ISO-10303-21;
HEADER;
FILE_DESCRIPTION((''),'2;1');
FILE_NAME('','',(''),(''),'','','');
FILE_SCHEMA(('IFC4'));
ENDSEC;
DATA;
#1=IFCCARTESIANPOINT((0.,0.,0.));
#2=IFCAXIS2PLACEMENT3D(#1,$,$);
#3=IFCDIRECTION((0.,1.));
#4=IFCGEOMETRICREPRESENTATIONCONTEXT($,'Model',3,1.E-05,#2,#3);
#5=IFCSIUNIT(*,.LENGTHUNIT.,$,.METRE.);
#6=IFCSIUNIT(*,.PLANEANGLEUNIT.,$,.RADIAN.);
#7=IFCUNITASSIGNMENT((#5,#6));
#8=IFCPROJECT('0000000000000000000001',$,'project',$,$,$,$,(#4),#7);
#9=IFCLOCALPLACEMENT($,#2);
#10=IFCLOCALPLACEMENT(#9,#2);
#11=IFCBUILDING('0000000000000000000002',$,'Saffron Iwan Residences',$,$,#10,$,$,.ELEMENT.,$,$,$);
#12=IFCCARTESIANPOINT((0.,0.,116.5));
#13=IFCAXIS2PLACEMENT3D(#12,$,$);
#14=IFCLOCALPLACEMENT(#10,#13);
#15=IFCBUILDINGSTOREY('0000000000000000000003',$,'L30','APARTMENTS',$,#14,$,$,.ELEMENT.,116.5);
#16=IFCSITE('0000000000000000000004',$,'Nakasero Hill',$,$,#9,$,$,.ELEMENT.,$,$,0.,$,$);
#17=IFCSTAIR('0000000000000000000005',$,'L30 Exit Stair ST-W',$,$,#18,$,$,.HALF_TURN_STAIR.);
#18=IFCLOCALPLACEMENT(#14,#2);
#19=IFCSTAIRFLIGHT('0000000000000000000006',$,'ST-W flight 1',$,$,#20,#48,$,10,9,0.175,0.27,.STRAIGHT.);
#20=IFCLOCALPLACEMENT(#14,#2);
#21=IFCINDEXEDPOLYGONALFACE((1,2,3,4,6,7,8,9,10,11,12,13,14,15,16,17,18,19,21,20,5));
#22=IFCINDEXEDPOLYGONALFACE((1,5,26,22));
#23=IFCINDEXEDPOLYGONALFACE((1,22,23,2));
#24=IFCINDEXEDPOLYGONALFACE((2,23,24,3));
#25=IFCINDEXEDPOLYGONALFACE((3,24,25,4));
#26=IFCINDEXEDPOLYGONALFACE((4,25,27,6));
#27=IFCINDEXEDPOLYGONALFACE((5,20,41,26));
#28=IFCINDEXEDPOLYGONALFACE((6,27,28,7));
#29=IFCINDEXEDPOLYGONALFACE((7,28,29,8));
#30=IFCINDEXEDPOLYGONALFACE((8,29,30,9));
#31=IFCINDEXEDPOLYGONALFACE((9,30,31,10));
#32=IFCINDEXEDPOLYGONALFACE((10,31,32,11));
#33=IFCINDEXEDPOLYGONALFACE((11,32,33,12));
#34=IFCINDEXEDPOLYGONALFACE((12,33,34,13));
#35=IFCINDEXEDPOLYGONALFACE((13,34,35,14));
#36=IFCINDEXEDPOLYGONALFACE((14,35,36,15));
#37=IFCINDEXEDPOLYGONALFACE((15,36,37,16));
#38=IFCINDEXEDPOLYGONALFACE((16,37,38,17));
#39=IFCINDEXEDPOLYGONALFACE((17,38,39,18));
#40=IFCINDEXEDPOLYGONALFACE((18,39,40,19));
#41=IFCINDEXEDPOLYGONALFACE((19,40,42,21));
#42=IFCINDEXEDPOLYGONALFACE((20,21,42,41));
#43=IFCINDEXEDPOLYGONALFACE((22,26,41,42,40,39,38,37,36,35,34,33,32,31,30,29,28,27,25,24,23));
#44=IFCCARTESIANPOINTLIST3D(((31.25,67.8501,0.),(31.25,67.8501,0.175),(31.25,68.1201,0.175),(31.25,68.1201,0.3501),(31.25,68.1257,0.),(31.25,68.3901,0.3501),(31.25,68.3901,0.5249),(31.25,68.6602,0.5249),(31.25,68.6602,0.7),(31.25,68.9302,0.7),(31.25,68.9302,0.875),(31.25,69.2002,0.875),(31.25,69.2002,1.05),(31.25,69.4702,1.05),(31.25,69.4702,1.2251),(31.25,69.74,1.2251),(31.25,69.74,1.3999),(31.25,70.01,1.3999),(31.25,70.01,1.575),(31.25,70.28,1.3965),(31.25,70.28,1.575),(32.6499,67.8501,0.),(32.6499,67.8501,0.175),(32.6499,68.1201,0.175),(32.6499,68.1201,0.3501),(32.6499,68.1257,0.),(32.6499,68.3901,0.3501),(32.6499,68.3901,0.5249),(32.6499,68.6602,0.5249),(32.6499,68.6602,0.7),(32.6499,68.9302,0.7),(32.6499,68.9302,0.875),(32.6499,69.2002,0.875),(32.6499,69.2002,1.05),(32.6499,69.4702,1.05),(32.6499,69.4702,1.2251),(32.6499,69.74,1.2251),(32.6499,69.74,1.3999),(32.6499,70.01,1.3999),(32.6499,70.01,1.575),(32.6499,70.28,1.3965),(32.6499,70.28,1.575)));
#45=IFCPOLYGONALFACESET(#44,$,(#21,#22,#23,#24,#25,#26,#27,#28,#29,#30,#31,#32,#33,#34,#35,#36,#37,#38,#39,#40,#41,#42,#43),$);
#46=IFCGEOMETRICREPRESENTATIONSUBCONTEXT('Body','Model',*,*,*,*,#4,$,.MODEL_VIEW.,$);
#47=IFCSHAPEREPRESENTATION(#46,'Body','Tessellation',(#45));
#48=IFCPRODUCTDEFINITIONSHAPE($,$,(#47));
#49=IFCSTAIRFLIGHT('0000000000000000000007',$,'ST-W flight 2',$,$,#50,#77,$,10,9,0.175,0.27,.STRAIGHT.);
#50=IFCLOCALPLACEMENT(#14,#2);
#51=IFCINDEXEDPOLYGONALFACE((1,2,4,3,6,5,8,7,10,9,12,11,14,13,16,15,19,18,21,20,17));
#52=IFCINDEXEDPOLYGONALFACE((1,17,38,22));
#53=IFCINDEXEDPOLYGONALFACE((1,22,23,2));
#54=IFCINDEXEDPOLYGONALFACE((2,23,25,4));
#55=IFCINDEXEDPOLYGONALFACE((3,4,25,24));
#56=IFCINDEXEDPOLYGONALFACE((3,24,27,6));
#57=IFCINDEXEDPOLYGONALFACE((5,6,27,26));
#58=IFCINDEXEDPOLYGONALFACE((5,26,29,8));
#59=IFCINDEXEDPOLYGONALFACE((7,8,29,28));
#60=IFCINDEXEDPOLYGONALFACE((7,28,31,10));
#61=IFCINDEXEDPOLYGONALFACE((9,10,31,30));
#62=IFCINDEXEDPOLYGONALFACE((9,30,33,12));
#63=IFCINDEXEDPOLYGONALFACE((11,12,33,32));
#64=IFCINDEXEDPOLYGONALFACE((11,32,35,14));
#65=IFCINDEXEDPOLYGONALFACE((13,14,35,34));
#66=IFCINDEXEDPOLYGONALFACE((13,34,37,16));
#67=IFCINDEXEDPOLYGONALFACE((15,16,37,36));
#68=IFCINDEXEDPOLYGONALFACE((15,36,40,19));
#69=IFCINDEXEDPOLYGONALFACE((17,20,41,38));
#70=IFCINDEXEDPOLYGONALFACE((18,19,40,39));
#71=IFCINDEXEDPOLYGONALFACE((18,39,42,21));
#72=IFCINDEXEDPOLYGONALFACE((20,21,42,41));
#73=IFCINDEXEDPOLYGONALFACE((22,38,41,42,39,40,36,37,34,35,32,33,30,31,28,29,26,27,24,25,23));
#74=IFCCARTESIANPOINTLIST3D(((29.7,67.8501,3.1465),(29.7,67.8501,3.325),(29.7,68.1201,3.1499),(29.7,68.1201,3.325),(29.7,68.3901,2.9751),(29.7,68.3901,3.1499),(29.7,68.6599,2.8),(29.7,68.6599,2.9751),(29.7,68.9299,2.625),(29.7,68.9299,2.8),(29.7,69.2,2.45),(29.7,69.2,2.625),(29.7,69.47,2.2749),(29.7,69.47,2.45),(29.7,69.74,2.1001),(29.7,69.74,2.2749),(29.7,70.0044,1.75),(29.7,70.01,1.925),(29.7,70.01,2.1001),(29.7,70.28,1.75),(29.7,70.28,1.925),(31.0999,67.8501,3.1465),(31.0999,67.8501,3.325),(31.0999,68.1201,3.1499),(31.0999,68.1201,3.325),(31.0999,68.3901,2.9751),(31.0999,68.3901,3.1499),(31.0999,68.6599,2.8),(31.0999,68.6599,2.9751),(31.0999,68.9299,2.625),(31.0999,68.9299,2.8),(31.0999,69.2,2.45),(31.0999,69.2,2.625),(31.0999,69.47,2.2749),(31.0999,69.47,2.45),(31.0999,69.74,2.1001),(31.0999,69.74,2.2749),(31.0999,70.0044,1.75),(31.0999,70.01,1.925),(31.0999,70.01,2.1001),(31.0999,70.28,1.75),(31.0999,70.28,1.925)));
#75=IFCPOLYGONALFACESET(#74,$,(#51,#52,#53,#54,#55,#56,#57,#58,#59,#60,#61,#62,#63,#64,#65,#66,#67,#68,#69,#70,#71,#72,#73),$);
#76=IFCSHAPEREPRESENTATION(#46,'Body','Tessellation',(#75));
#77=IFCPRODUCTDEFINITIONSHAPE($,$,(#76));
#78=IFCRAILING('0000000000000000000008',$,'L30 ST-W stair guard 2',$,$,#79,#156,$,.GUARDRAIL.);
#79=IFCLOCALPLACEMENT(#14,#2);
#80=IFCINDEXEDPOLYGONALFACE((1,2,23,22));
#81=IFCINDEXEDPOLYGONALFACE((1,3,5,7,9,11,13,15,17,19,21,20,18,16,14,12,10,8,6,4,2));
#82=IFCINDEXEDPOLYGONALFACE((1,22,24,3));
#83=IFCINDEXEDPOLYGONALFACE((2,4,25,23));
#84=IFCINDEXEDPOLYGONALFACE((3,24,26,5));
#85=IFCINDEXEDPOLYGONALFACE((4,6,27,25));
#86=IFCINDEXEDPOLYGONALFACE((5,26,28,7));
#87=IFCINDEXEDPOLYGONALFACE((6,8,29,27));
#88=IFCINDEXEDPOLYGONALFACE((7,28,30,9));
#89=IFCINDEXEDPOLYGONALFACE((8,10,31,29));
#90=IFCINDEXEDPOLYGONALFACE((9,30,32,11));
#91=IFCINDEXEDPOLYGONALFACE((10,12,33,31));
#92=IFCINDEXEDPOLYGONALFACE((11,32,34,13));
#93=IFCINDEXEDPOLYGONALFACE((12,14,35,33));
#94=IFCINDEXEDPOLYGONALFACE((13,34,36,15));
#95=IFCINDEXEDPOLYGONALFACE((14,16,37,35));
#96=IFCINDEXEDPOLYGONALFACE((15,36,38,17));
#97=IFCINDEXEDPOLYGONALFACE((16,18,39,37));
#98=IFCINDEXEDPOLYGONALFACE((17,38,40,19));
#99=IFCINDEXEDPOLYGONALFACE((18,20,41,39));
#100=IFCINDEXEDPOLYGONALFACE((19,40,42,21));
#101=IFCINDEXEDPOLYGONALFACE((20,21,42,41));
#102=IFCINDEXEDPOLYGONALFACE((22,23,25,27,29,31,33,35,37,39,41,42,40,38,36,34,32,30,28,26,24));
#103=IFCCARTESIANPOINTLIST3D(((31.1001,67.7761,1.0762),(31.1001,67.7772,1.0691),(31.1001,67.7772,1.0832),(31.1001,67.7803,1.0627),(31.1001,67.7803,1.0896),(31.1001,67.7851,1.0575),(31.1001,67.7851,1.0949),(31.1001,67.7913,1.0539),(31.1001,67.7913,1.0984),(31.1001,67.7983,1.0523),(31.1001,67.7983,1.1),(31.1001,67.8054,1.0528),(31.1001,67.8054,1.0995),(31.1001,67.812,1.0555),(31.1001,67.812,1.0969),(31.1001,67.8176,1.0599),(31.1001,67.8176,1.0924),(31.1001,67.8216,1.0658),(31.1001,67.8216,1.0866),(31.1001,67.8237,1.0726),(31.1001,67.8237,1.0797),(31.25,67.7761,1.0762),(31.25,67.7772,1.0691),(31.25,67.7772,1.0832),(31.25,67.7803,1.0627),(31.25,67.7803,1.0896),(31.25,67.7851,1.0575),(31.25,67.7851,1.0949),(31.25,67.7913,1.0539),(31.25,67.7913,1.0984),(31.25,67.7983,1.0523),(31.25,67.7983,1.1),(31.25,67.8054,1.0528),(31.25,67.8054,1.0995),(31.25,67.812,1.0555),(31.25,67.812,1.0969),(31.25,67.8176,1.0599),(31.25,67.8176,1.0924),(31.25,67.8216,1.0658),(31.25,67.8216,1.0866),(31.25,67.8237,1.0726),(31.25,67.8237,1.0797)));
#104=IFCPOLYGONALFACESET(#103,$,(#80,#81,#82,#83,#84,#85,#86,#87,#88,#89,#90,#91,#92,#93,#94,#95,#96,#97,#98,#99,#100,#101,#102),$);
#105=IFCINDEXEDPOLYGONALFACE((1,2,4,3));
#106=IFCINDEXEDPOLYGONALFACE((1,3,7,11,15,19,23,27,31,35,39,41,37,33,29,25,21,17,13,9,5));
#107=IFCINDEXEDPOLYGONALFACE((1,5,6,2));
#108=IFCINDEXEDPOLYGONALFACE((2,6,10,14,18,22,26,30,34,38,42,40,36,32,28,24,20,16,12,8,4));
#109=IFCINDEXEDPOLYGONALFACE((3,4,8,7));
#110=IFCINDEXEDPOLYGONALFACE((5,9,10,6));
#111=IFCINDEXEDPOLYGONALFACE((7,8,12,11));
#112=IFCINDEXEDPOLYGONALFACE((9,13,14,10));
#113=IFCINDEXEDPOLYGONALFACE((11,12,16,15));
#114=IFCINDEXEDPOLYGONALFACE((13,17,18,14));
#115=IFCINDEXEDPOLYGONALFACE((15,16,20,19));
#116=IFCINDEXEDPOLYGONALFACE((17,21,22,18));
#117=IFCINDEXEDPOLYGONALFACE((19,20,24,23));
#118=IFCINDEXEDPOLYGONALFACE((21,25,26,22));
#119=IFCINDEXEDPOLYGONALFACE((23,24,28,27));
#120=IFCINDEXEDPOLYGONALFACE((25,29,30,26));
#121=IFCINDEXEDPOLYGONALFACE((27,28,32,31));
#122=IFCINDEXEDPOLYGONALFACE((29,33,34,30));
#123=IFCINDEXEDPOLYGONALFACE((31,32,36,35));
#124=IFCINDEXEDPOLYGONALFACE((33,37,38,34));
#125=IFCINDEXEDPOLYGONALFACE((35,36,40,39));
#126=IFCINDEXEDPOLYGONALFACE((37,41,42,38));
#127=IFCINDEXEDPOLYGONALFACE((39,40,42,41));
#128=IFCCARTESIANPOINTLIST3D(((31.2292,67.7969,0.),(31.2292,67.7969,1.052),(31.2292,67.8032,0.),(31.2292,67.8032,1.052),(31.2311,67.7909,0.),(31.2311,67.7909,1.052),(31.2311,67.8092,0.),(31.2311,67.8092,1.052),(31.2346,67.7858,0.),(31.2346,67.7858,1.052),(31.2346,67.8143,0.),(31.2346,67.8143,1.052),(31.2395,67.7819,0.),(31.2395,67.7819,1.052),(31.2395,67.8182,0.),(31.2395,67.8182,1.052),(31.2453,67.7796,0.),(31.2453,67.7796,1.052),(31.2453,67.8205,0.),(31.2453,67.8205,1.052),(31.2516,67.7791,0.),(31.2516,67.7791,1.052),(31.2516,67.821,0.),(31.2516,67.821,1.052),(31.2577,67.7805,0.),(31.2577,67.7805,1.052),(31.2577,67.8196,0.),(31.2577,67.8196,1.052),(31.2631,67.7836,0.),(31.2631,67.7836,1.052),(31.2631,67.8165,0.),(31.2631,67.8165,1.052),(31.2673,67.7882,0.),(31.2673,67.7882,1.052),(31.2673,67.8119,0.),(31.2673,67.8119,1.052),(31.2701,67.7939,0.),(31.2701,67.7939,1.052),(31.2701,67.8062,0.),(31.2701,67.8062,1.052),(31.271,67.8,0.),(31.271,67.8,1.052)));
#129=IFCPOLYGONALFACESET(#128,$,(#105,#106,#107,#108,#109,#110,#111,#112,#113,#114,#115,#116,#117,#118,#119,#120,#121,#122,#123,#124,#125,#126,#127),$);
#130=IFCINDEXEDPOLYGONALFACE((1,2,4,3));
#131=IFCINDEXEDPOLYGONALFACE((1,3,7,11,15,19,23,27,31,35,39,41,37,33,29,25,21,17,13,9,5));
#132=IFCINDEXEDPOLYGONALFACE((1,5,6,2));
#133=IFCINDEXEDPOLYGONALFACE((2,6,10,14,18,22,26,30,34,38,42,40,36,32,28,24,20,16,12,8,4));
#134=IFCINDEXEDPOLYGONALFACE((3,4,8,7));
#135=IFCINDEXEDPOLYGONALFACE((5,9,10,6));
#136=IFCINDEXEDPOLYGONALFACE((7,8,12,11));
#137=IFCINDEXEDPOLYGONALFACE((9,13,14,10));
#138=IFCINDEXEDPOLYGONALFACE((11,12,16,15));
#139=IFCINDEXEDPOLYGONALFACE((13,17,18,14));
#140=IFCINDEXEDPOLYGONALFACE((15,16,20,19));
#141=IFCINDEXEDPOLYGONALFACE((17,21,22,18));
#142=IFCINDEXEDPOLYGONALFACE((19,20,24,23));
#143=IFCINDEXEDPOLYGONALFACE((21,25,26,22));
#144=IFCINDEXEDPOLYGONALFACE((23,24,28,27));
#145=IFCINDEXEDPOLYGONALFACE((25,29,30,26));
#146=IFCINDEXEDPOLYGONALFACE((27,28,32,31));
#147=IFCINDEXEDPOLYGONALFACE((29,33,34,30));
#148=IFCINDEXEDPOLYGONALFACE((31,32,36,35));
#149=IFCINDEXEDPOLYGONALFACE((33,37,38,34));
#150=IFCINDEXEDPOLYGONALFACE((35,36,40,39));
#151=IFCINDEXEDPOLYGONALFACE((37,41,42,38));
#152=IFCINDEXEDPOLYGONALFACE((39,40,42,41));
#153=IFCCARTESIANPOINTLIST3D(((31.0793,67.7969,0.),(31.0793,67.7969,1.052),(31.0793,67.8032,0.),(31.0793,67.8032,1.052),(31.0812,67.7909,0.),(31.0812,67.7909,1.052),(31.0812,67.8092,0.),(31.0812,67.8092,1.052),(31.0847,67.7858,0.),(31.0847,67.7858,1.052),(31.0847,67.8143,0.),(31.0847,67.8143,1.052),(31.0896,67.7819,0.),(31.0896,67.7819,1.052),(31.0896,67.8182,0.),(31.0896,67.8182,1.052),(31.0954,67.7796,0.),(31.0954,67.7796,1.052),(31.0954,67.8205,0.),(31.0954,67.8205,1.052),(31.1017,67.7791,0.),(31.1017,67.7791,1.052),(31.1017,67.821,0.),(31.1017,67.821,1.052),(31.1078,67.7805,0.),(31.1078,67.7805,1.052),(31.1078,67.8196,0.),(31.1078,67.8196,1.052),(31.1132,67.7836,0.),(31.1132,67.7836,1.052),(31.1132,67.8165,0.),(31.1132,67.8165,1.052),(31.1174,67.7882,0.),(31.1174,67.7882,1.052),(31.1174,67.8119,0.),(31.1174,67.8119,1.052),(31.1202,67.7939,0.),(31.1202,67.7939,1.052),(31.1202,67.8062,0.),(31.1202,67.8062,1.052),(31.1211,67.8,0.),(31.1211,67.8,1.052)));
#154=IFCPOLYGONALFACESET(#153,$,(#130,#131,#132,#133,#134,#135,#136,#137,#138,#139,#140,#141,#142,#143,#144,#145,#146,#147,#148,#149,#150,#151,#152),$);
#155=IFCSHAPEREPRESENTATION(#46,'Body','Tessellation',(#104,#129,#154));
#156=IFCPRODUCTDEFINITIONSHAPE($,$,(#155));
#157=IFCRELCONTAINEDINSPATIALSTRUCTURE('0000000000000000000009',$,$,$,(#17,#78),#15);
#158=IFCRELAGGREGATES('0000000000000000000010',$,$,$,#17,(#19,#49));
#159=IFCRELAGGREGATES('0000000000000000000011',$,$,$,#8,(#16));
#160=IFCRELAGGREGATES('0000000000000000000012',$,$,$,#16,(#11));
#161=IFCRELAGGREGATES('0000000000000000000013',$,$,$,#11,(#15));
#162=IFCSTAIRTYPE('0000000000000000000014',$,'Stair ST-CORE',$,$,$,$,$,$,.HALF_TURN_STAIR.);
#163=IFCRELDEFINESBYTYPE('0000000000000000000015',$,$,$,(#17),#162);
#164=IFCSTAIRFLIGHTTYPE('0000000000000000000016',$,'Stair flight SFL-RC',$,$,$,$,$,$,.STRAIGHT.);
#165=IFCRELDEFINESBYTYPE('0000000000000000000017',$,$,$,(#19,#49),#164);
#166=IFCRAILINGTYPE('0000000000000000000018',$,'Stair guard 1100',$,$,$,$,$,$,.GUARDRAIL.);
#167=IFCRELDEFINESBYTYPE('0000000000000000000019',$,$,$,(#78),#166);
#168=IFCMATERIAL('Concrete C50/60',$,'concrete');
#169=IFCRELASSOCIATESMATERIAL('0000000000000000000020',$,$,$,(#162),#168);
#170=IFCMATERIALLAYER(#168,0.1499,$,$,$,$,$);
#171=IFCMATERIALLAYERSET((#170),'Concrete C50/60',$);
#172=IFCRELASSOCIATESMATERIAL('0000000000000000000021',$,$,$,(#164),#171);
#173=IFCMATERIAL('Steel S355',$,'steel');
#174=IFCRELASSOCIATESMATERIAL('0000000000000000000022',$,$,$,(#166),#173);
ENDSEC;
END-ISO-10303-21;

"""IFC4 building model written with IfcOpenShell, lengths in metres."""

from ifc_helpers import new_model, si_unit, direction, frame, origin, origin_2d, place, context, subcontext, project, spatial, polyline, circle, outline, extrude, material, layer, layer_set, type_object, element, aggregate, save


model = new_model("IFC4")

# Units and contexts
model_context = context("Model", 3, precision=1e-05, world=origin(), true_north=direction((0.0, 1.0)))
body_context = subcontext(model_context, "Body", "Model", "MODEL_VIEW")
ifc_project = project(units=[si_unit("LENGTHUNIT", "METRE"), si_unit("PLANEANGLEUNIT", "RADIAN")], contexts=[model_context])

# Site, building, storey
site_placement = place(None, origin())
site = spatial("IfcSite", under=ifc_project, at=site_placement, Name="Nakasero Hill", CompositionType="ELEMENT", RefElevation=0.0)
building_placement = place(site_placement, origin())
building = spatial("IfcBuilding", under=site, at=building_placement, Name="Saffron Iwan Residences", CompositionType="ELEMENT")
storey_placement = place(building_placement, frame((0.0, 0.0, 116.5)))
storey = spatial("IfcBuildingStorey", under=building, at=storey_placement, Name="L30", Description="APARTMENTS", CompositionType="ELEMENT", Elevation=116.5)

# Stair, stair flights
ifc_material_1 = material(Name="Concrete C50/60", Category="concrete")
stair_type = type_object("IfcStairType", Name="Stair ST-CORE", PredefinedType="HALF_TURN_STAIR", material=ifc_material_1)
stair_placement = place(storey_placement, origin())
stair = element("IfcStair", 1, at=stair_placement, inside=storey, type_object=stair_type, Name="L30 Exit Stair ST-W", PredefinedType="HALF_TURN_STAIR")
ifc_layer = layer(ifc_material_1, 0.1499)
ifc_layer_set = layer_set([ifc_layer], Name="Concrete C50/60")
stair_flight_type = type_object("IfcStairFlightType", Name="Stair flight SFL-RC", PredefinedType="STRAIGHT", material=ifc_layer_set)
stair_flight_1_placement = place(storey_placement, frame((31.95, 67.8501, 0.0), z_axis=(0.0, 0.0, 1.0), x_axis=(0.0, 1.0, 0.0)))
stair_flight_1 = element("IfcStairFlight", 2, at=stair_flight_1_placement, type_object=stair_flight_type, Name="ST-W flight 1", NumberOfRisers=10, NumberOfTreads=9, PredefinedType="STRAIGHT", RiserHeight=0.175, TreadLength=0.27, context=body_context, shape_type="SweptSolid", body=[
    extrude(outline(polyline([(0.0, 0.0), (0.0, 0.175), (0.27, 0.175), (0.27, 0.3501), (0.54, 0.3501), (0.54, 0.5249), (0.8101, 0.5249), (0.8101, 0.7), (1.0801, 0.7), (1.0801, 0.875), (1.3501, 0.875), (1.3501, 1.05), (1.6201, 1.05), (1.6201, 1.2251), (1.8899, 1.2251), (1.8899, 1.3999), (2.1599, 1.3999), (2.1599, 1.575), (2.4299, 1.575), (2.4299, 1.75), (2.4299, 1.3965), (0.2756, 0.0), (0.0, 0.0)])), frame((0.0, 0.7, 0.0), z_axis=(0.0, -1.0, 0.0), x_axis=(1.0, 0.0, 0.0)), (0.0, 0.0, 1.0), 1.3999),
])
stair_flight_2_placement = place(storey_placement, frame((30.3999, 70.28, 1.75), z_axis=(0.0, 0.0, 1.0), x_axis=(0.0, -1.0, 0.0)))
stair_flight_2 = element("IfcStairFlight", 3, at=stair_flight_2_placement, type_object=stair_flight_type, Name="ST-W flight 2", NumberOfRisers=10, NumberOfTreads=9, PredefinedType="STRAIGHT", RiserHeight=0.175, TreadLength=0.27, context=body_context, shape_type="SweptSolid", body=[
    extrude(outline(polyline([(0.0, 0.0), (0.0, 0.175), (0.27, 0.175), (0.27, 0.3501), (0.54, 0.3501), (0.54, 0.5249), (0.8101, 0.5249), (0.8101, 0.7), (1.0801, 0.7), (1.0801, 0.875), (1.3501, 0.875), (1.3501, 1.05), (1.6201, 1.05), (1.6201, 1.2251), (1.8899, 1.2251), (1.8899, 1.3999), (2.1599, 1.3999), (2.1599, 1.575), (2.4299, 1.575), (2.4299, 1.75), (2.4299, 1.3965), (0.2756, 0.0), (0.0, 0.0)])), frame((0.0, 0.7, 0.0), z_axis=(0.0, -1.0, 0.0), x_axis=(1.0, 0.0, 0.0)), (0.0, 0.0, 1.0), 1.3999),
])
aggregate(stair, [stair_flight_1, stair_flight_2])

# Railing
ifc_material_2 = material(Name="Steel S355", Category="steel")
railing_type_1 = type_object("IfcRailingType", Name="Stair guard 1100", PredefinedType="GUARDRAIL", material=ifc_material_2)
railing_1_placement = place(storey_placement, frame((31.25, 67.8, 0.0)))
element("IfcRailing", 4, at=railing_1_placement, inside=storey, type_object=railing_type_1, Name="L30 ST-W stair guard 2", PredefinedType="GUARDRAIL", context=body_context, shape_type="SweptSolid", body=[
    extrude(circle(Radius=0.0239, at=origin_2d()), frame((0.0, 0.0, 1.0762), z_axis=(-1.0, 0.0, 0.0), x_axis=(0.0, -1.0, 0.0)), (0.0, 0.0, 1.0), 0.1499),
    extrude(circle(Radius=0.021, at=origin_2d()), origin(), (0.0, 0.0, 1.0), 1.052),
    extrude(circle(Radius=0.021, at=origin_2d()), frame((-0.1499, 0.0, 0.0)), (0.0, 0.0, 1.0), 1.052),
])

save(model, "model.ifc")
